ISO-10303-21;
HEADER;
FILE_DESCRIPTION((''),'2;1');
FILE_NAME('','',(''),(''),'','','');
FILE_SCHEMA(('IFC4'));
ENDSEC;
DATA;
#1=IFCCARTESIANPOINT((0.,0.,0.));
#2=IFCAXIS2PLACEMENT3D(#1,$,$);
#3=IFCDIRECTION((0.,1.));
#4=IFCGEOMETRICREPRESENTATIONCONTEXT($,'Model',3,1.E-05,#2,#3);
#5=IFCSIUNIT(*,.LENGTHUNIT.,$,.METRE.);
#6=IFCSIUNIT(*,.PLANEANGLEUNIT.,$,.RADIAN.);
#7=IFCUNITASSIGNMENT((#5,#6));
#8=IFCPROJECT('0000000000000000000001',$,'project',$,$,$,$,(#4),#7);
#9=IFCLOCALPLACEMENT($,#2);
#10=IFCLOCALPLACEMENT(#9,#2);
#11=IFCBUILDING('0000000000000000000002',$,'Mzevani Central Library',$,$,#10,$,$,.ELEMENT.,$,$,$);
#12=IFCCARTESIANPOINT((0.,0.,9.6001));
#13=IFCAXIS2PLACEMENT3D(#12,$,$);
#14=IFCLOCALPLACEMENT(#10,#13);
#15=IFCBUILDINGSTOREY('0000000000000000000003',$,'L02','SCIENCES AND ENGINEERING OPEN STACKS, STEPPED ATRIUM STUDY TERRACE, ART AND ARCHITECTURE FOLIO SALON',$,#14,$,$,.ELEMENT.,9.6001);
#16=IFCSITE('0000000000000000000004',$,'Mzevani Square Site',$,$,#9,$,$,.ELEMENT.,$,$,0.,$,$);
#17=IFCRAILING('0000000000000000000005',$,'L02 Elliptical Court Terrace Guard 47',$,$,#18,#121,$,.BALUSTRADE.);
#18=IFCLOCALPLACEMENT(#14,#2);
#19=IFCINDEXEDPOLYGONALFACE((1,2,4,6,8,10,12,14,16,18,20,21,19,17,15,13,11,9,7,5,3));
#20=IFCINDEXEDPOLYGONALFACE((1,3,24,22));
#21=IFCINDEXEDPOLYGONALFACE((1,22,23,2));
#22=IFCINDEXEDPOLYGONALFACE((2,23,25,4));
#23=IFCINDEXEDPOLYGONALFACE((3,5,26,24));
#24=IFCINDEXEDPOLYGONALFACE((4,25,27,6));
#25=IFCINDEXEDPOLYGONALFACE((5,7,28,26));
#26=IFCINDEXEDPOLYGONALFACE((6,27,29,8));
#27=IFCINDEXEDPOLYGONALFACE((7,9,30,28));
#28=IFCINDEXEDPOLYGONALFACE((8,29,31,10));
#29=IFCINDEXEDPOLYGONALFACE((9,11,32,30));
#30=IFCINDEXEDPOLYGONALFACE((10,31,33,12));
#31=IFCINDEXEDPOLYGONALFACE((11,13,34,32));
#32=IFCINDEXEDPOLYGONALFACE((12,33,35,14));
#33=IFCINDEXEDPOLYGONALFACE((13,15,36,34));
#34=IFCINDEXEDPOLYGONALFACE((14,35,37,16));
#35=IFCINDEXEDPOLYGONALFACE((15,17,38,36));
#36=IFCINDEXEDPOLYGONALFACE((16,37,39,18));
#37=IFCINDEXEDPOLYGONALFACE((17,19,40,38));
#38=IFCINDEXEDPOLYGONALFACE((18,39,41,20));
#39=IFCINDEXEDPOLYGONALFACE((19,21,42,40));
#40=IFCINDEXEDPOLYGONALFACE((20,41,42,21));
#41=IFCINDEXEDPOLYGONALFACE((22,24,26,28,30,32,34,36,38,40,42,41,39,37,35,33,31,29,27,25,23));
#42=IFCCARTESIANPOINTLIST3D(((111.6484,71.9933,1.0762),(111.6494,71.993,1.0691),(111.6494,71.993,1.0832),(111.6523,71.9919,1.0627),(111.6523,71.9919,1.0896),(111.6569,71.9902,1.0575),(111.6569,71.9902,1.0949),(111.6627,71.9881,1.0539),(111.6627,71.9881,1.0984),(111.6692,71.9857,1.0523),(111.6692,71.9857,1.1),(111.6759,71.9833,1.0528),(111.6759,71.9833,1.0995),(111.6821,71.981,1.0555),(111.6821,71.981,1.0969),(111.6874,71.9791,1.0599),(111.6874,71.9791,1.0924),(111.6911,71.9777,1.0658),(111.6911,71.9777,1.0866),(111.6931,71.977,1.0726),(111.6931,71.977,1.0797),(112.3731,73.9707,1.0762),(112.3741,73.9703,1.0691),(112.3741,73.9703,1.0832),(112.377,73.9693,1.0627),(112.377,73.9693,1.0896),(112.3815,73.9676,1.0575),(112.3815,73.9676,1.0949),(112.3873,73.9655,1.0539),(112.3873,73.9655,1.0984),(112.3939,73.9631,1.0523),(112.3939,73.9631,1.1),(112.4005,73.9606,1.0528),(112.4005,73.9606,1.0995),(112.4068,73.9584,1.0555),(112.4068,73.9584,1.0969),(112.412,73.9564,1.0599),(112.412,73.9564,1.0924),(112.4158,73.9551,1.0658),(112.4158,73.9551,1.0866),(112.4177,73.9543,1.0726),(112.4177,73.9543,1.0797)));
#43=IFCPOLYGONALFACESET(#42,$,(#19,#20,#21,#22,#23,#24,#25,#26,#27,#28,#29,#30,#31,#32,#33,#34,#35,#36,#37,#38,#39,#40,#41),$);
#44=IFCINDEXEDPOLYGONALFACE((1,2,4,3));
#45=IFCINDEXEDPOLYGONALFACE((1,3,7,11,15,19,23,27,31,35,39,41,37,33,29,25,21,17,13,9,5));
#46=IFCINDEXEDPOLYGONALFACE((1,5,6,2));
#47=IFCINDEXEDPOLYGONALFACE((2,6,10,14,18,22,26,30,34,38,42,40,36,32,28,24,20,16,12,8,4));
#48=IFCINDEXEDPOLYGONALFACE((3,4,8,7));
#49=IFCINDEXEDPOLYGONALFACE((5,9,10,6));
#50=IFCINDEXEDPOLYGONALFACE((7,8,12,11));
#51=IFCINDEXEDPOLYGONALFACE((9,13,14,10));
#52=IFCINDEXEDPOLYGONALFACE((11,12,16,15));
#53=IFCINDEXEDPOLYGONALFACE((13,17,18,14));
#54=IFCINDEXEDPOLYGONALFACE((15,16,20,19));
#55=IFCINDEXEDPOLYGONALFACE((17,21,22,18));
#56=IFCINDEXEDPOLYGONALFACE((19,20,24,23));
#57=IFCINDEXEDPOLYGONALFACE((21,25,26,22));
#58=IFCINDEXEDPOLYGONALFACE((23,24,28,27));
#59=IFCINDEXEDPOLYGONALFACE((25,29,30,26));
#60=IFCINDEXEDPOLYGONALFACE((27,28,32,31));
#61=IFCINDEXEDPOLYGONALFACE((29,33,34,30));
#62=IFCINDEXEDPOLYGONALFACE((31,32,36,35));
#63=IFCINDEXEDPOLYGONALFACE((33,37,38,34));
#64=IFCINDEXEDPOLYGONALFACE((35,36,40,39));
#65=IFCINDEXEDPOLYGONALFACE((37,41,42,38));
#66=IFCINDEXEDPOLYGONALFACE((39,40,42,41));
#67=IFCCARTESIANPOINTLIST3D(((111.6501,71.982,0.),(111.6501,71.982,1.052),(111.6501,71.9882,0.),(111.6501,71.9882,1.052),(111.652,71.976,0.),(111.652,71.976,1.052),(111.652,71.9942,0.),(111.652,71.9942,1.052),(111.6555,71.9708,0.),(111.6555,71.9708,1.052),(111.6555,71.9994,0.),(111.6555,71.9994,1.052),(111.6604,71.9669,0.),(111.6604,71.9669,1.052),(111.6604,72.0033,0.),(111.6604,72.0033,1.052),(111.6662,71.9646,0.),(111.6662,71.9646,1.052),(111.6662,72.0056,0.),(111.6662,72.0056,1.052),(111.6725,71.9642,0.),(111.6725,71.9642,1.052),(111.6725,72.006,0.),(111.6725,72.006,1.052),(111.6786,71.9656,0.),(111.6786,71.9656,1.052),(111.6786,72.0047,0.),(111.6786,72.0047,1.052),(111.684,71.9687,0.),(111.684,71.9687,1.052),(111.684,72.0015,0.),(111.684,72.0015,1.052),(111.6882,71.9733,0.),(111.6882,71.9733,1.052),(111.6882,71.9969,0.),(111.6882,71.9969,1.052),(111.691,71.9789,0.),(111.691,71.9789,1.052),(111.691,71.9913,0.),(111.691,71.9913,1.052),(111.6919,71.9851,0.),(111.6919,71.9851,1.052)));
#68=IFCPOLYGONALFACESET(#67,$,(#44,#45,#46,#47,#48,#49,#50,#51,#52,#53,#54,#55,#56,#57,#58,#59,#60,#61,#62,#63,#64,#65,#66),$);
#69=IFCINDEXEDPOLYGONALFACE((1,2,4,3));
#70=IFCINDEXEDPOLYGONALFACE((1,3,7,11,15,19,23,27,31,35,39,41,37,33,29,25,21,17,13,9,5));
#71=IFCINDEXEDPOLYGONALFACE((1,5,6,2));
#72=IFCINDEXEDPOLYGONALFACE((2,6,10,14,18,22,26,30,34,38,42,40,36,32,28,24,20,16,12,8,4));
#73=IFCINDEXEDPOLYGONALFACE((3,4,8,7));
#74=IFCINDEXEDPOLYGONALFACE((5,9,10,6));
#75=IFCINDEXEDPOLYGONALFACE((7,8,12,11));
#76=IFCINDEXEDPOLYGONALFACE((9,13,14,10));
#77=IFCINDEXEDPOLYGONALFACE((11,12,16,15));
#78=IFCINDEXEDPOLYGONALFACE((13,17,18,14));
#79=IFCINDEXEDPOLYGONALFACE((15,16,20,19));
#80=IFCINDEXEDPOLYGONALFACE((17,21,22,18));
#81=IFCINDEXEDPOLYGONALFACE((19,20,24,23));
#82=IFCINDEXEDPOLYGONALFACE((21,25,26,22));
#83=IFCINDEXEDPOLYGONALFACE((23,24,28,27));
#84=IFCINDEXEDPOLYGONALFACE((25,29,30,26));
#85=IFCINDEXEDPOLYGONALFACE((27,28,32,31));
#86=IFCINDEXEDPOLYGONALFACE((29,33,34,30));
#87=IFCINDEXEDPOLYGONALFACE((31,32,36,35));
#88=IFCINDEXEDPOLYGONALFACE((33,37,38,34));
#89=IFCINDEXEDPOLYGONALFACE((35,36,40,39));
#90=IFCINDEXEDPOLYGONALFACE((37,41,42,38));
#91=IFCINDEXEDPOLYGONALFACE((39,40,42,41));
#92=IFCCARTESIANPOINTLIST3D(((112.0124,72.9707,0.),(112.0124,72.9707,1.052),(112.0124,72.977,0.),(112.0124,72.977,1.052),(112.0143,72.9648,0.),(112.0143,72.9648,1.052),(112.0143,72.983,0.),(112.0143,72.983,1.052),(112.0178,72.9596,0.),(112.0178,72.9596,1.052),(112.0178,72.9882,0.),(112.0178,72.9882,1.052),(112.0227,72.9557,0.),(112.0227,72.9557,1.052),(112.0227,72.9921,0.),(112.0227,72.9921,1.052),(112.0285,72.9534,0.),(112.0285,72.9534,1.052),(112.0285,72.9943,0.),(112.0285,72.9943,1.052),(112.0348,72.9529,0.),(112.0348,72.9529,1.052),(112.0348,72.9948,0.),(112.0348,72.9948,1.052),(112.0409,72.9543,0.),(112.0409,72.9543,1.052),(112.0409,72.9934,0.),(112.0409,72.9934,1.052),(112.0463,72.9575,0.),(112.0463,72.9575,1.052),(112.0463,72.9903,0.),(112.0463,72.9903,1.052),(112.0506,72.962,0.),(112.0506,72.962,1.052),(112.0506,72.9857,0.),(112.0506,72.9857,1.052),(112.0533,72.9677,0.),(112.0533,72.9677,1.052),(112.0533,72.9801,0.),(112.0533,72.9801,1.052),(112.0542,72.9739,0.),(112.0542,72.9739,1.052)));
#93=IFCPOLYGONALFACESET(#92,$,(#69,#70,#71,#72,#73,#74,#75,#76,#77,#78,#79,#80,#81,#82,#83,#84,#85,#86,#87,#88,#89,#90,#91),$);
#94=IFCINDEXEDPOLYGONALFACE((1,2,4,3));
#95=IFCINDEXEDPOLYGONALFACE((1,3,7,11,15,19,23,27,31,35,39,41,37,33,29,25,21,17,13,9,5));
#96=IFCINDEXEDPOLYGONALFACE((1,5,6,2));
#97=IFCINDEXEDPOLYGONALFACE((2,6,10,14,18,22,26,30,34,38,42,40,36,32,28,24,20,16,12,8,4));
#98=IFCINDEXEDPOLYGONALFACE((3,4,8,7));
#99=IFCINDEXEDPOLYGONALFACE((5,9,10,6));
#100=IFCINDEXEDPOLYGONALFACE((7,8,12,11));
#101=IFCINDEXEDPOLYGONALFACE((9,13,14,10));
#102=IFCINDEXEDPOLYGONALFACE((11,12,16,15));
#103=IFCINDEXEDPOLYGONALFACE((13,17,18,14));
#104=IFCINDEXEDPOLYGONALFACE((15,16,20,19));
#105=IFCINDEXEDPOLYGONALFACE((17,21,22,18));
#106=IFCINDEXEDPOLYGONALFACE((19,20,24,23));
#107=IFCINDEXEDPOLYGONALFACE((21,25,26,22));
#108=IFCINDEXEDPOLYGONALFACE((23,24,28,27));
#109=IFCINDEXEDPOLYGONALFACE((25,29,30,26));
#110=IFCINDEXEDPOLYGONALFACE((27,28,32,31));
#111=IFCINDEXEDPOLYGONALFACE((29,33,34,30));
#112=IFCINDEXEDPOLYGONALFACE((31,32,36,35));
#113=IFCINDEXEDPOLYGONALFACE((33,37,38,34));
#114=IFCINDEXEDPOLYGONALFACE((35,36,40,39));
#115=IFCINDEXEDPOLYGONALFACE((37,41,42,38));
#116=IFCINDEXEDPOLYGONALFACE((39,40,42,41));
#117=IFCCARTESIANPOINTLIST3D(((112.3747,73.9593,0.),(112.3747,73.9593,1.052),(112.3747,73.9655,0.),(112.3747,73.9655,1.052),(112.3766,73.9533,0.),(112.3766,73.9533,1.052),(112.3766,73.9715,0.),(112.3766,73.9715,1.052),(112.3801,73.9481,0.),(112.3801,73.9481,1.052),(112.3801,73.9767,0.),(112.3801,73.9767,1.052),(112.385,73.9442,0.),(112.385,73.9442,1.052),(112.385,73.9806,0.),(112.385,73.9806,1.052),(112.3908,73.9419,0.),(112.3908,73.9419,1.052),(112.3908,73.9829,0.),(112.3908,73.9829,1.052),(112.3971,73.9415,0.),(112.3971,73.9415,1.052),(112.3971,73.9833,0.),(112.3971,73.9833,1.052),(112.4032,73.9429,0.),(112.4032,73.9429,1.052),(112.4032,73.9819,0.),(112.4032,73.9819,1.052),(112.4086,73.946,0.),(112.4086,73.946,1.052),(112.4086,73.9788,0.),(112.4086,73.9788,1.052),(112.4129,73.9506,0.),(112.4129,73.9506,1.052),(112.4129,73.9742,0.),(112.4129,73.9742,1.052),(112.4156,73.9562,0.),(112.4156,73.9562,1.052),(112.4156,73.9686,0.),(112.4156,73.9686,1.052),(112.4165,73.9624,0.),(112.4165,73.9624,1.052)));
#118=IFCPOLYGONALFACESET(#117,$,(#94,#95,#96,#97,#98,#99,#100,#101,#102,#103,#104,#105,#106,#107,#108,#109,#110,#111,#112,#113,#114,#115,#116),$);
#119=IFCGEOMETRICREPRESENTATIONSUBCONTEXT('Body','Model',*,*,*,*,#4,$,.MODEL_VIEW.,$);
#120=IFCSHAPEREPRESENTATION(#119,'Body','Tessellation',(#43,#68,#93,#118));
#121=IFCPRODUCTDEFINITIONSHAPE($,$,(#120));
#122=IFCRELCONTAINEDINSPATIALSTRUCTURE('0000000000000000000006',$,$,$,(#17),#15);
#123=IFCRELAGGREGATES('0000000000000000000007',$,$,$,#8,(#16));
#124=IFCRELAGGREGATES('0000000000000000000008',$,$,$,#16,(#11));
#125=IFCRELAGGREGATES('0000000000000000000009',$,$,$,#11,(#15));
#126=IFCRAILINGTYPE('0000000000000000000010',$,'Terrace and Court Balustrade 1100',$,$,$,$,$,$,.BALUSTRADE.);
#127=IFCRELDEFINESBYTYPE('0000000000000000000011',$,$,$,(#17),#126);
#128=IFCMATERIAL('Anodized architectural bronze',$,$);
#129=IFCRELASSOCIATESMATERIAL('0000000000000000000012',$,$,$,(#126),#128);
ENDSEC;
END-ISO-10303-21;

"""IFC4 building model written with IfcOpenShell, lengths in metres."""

from ifc_helpers import new_model, si_unit, direction, frame, origin, origin_2d, place, context, subcontext, project, spatial, circle, extrude, material, type_object, element, save


model = new_model("IFC4")

# Units and contexts
model_context = context("Model", 3, precision=1e-05, world=origin(), true_north=direction((0.0, 1.0)))
body_context = subcontext(model_context, "Body", "Model", "MODEL_VIEW")
ifc_project = project(units=[si_unit("LENGTHUNIT", "METRE"), si_unit("PLANEANGLEUNIT", "RADIAN")], contexts=[model_context])

# Site, building, storey
site_placement = place(None, origin())
site = spatial("IfcSite", under=ifc_project, at=site_placement, Name="Mzevani Square Site", CompositionType="ELEMENT", RefElevation=0.0)
building_placement = place(site_placement, origin())
building = spatial("IfcBuilding", under=site, at=building_placement, Name="Mzevani Central Library", CompositionType="ELEMENT")
storey_placement = place(building_placement, frame((0.0, 0.0, 9.6001)))
storey = spatial("IfcBuildingStorey", under=building, at=storey_placement, Name="L02", Description="SCIENCES AND ENGINEERING OPEN STACKS, STEPPED ATRIUM STUDY TERRACE, ART AND ARCHITECTURE FOLIO SALON", CompositionType="ELEMENT", Elevation=9.6001)

# Railing
ifc_material_1 = material(Name="Anodized architectural bronze")
railing_type = type_object("IfcRailingType", Name="Terrace and Court Balustrade 1100", PredefinedType="BALUSTRADE", material=ifc_material_1)
railing_1_placement = place(storey_placement, frame((111.6709, 71.9851, 0.0)))
element("IfcRailing", 1, at=railing_1_placement, inside=storey, type_object=railing_type, Name="L02 Elliptical Court Terrace Guard 47", PredefinedType="BALUSTRADE", context=body_context, shape_type="SweptSolid", body=[
    extrude(circle(Radius=0.0239, at=origin_2d()), frame((0.0, 0.0, 1.0762), z_axis=(0.344088, 0.938938, 0.0), x_axis=(-0.938938, 0.344088, 0.0)), (0.0, 0.0, 1.0), 2.106),
    extrude(circle(Radius=0.021, at=origin_2d()), origin(), (0.0, 0.0, 1.0), 1.052),
    extrude(circle(Radius=0.021, at=origin_2d()), frame((0.3623, 0.9888, 0.0)), (0.0, 0.0, 1.0), 1.052),
    extrude(circle(Radius=0.021, at=origin_2d()), frame((0.7246, 1.9773, 0.0)), (0.0, 0.0, 1.0), 1.052),
])

save(model, "model.ifc")
